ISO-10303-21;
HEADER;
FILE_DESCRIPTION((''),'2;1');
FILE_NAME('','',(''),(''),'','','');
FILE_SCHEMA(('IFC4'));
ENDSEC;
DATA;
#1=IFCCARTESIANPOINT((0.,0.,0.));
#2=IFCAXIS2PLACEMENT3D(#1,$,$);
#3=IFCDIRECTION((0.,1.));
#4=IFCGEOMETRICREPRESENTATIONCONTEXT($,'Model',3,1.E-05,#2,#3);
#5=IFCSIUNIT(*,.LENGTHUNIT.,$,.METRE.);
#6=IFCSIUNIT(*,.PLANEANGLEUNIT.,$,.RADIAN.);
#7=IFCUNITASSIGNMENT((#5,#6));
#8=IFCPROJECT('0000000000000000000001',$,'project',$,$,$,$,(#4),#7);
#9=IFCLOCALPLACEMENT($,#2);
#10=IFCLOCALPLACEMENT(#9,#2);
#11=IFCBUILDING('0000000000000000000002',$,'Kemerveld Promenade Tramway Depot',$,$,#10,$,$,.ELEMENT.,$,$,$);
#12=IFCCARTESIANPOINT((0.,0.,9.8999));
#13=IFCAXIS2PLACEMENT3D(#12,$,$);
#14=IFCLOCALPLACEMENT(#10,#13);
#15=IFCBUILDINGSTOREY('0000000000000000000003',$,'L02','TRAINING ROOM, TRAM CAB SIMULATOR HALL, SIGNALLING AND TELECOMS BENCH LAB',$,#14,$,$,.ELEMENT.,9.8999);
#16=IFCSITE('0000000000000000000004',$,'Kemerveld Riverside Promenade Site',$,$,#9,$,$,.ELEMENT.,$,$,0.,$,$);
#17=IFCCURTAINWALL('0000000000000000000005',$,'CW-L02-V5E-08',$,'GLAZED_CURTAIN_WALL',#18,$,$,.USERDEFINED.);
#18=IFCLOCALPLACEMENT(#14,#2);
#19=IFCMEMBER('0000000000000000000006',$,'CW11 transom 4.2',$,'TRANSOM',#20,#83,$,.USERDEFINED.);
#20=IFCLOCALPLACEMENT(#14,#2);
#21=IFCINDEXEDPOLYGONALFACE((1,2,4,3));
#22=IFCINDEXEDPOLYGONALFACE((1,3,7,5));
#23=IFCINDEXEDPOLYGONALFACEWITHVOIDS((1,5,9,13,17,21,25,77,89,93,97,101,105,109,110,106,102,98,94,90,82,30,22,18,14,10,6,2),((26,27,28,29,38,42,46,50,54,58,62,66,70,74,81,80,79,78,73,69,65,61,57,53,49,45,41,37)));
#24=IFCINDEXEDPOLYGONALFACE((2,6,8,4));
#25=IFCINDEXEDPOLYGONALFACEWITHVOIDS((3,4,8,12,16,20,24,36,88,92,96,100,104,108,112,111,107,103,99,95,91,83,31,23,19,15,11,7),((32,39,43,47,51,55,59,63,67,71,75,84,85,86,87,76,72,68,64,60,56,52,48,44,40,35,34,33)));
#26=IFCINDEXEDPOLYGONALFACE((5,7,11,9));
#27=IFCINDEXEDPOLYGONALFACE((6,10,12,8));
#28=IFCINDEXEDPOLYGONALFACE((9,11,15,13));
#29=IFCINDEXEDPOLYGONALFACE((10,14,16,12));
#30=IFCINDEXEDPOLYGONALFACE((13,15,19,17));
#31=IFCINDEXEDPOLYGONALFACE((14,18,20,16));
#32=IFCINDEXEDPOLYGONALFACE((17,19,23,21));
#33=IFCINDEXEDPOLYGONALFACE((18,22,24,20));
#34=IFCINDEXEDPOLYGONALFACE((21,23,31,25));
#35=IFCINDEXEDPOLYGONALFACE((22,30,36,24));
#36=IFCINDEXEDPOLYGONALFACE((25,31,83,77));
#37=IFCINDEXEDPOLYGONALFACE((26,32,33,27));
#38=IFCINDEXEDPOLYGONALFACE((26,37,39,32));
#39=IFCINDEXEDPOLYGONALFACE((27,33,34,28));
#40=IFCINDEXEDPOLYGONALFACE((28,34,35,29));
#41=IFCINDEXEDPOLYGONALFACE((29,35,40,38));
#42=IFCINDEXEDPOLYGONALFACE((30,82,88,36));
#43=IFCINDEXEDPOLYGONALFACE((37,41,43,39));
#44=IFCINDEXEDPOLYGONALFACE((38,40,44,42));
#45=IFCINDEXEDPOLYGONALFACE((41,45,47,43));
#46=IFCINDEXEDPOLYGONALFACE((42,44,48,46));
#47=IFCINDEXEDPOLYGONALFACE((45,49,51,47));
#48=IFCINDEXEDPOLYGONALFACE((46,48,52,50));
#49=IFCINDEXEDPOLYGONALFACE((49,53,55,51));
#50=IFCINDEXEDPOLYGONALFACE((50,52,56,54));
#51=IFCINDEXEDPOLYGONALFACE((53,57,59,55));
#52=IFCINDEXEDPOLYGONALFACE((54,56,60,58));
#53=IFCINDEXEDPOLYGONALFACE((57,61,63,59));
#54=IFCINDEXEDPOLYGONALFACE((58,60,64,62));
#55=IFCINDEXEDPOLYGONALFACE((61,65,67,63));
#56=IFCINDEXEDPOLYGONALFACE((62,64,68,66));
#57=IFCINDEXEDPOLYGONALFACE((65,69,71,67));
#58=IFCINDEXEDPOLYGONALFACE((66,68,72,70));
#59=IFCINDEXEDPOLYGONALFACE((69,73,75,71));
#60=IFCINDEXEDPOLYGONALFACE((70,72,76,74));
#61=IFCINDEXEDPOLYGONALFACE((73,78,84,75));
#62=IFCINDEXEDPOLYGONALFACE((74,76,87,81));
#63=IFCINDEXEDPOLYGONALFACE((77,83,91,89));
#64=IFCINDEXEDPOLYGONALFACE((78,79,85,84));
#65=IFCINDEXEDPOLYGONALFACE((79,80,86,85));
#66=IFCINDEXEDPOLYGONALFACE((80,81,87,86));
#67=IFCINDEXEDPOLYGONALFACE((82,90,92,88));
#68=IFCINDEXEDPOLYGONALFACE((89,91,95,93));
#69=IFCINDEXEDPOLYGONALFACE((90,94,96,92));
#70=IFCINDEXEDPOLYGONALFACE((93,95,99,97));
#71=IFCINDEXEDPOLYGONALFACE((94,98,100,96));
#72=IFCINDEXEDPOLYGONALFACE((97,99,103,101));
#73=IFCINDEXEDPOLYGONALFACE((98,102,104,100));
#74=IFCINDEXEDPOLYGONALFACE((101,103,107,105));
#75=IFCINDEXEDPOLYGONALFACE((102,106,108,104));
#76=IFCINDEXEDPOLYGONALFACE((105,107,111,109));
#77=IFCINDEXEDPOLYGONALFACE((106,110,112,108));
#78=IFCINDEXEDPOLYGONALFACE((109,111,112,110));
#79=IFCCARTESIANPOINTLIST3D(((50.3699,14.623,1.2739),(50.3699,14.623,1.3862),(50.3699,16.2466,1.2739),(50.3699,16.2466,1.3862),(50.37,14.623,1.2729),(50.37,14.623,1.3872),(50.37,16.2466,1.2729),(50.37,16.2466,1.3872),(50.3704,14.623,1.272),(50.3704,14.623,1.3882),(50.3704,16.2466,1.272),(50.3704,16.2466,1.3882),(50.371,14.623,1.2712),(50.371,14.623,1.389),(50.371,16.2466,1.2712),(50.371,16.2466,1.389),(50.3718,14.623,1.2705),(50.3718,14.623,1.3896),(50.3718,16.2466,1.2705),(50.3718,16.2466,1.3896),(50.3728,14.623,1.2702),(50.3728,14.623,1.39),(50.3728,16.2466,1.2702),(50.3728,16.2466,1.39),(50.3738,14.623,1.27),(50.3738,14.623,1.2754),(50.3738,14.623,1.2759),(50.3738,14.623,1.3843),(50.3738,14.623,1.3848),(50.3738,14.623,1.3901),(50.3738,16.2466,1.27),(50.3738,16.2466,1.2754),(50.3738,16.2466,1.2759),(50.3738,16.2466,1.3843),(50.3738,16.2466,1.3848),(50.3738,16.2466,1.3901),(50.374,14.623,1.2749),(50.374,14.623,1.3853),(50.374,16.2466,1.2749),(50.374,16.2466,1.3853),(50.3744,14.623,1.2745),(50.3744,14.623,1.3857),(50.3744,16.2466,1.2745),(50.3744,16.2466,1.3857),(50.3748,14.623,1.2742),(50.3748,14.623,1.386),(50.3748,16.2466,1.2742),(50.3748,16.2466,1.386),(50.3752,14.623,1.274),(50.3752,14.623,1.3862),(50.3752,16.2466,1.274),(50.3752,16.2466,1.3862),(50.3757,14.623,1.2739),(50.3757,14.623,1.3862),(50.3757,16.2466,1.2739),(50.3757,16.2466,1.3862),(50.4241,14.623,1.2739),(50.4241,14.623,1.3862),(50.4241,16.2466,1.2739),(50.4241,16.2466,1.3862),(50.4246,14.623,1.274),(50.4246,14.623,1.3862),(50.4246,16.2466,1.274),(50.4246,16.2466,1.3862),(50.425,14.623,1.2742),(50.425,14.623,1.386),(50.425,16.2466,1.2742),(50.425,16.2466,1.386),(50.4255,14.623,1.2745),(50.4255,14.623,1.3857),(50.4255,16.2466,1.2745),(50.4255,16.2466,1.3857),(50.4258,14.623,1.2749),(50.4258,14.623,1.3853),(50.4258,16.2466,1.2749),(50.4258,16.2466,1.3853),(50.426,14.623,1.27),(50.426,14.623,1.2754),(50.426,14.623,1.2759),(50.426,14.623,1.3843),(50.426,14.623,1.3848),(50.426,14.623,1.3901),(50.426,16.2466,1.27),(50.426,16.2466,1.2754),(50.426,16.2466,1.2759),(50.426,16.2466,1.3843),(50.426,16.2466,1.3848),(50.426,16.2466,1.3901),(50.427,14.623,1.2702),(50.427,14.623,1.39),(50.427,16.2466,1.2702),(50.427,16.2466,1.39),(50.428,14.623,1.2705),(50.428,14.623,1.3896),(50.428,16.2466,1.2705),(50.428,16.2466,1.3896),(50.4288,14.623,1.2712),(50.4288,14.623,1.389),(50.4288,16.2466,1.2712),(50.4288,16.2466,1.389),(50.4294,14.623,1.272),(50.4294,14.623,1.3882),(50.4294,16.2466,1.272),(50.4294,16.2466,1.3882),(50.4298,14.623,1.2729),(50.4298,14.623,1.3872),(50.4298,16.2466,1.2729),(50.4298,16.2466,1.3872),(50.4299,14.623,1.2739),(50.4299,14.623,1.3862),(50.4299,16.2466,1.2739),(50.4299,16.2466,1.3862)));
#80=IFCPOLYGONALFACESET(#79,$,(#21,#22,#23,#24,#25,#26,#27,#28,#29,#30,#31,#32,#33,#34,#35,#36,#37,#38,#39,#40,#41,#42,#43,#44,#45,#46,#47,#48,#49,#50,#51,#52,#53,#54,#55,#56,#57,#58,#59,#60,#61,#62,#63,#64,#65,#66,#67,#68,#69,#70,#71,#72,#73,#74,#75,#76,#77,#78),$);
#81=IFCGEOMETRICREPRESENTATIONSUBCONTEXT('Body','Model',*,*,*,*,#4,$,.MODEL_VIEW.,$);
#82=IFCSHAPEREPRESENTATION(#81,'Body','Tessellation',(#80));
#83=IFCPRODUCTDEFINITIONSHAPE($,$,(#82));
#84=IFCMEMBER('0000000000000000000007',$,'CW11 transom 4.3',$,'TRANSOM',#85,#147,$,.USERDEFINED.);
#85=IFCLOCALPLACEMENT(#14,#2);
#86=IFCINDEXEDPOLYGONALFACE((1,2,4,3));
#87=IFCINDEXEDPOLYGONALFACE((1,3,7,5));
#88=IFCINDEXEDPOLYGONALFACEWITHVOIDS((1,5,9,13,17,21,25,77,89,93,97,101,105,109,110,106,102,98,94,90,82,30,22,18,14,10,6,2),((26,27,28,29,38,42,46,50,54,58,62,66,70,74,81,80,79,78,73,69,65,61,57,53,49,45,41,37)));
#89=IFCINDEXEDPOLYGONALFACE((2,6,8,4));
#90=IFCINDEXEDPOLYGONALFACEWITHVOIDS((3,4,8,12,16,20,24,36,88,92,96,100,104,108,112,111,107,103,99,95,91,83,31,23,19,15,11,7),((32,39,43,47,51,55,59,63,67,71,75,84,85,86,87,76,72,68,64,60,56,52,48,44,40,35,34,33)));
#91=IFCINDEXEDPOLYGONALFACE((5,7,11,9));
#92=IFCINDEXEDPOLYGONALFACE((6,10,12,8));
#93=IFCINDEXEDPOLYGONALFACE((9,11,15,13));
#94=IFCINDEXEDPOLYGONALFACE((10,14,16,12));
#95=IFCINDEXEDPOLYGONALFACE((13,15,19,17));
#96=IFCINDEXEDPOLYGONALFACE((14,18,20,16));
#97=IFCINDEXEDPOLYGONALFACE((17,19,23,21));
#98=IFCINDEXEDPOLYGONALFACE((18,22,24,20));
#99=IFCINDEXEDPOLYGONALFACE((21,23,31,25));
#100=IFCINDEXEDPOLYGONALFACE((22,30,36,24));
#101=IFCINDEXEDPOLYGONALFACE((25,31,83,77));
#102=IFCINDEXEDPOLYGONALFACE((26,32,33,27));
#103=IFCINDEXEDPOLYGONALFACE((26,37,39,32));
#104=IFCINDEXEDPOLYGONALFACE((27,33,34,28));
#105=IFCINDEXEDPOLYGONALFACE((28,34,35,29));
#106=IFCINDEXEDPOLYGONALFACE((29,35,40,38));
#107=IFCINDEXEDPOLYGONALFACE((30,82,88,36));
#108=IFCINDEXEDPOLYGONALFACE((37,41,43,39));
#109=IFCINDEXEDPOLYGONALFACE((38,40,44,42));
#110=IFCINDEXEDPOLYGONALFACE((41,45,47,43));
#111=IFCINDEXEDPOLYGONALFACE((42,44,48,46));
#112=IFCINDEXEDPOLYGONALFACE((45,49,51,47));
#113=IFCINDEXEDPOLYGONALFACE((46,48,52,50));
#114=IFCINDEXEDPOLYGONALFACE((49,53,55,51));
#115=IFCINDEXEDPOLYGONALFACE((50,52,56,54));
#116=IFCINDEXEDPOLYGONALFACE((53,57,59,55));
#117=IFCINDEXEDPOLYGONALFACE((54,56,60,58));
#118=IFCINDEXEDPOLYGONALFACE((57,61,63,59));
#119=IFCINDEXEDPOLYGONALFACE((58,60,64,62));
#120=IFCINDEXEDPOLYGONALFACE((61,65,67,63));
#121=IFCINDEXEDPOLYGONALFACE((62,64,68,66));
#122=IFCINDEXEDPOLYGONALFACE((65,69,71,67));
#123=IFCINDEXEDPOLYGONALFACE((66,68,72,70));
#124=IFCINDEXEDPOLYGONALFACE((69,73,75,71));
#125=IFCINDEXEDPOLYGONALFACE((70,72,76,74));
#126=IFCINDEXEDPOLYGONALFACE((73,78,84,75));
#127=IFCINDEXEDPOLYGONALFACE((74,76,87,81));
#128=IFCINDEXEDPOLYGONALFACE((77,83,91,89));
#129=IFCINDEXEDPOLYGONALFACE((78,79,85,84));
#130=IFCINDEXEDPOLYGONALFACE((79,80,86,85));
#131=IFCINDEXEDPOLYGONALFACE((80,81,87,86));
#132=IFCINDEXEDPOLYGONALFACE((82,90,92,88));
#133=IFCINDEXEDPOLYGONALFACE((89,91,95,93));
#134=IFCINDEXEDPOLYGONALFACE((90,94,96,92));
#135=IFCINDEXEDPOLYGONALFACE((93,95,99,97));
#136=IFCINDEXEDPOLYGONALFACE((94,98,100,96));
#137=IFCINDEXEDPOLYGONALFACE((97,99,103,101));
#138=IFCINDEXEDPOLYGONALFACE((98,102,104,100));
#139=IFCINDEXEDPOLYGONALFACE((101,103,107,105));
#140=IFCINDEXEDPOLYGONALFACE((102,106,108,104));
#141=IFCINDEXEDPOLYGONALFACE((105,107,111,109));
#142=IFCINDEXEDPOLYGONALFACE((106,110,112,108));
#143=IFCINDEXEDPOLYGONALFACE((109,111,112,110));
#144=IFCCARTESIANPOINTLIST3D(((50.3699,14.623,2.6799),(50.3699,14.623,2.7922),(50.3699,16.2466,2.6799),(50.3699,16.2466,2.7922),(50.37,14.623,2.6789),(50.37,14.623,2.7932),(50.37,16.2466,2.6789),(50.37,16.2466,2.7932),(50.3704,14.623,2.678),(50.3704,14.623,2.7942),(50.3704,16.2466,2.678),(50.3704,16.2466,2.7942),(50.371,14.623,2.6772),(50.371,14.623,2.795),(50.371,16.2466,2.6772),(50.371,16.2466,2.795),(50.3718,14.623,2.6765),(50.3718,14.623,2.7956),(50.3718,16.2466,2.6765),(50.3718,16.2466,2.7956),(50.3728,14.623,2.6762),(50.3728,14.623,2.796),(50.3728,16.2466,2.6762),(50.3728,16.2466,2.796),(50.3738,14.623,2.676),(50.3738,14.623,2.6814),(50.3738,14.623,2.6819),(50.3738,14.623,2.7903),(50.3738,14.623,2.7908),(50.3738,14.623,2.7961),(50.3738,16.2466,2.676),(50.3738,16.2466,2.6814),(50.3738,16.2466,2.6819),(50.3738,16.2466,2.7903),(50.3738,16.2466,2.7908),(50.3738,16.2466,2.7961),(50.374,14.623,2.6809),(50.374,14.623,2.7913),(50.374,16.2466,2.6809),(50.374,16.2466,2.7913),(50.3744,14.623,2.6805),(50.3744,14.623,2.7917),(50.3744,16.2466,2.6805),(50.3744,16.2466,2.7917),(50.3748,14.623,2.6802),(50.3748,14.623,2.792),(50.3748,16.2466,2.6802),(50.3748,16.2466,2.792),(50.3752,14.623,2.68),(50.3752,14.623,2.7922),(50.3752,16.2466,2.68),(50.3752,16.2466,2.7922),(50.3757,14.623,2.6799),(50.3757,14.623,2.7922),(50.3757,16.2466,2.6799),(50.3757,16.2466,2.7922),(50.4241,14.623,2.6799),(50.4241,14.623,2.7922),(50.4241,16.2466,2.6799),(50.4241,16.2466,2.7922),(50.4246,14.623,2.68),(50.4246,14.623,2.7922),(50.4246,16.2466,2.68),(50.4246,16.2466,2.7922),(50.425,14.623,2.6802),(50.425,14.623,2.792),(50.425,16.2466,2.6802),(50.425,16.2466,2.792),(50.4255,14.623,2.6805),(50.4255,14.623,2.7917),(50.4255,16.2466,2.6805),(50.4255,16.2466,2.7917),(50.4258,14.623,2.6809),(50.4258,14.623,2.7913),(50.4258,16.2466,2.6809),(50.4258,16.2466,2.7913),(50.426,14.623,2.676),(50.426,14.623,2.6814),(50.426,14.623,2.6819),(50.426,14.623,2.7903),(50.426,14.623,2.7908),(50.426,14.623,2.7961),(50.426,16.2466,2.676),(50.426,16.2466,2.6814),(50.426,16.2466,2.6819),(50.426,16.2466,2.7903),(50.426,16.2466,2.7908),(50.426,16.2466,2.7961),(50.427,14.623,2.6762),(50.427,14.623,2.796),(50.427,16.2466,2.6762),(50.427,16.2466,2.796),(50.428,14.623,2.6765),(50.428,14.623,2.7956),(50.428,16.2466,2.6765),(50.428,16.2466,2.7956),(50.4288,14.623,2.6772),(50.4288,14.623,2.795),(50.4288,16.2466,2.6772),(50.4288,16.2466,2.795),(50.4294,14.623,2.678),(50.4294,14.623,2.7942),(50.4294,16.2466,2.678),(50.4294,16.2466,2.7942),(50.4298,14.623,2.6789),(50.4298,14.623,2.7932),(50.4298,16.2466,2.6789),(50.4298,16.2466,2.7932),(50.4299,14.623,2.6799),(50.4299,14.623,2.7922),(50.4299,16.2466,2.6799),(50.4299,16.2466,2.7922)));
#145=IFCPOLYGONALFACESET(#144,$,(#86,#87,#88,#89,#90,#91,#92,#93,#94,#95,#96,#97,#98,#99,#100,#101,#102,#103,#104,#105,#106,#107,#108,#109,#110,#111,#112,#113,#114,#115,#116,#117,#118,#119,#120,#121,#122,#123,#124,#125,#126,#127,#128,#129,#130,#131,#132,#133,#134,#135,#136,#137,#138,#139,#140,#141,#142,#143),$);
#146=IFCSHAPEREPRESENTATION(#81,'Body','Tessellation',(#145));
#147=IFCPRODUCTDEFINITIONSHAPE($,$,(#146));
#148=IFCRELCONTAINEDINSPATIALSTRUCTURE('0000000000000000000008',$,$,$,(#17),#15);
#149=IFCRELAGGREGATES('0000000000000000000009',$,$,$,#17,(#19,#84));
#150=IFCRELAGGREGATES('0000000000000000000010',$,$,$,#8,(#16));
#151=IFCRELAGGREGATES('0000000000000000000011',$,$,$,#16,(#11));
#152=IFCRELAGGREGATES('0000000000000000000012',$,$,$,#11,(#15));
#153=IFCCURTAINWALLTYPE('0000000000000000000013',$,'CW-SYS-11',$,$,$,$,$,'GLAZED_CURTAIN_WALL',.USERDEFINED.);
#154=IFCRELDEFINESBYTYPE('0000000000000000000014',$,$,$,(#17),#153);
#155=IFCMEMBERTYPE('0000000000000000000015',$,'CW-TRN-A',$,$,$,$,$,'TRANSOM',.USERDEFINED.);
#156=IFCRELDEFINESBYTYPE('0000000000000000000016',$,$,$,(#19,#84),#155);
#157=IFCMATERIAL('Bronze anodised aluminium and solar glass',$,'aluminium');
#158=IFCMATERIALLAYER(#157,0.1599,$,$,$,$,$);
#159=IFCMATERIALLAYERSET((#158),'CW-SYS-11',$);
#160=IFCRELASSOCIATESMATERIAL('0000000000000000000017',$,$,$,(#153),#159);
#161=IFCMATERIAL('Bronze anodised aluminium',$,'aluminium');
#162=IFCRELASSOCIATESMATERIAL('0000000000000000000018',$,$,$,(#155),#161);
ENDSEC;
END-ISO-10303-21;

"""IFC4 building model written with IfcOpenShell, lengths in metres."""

from ifc_helpers import new_model, si_unit, direction, frame, origin, origin_2d, place, context, subcontext, project, spatial, hollow_rectangle, extrude, material, layer, layer_set, material_profile, profile_set, type_object, element, aggregate, save


model = new_model("IFC4")

# Units and contexts
model_context = context("Model", 3, precision=1e-05, world=origin(), true_north=direction((0.0, 1.0)))
body_context = subcontext(model_context, "Body", "Model", "MODEL_VIEW")
ifc_project = project(units=[si_unit("LENGTHUNIT", "METRE"), si_unit("PLANEANGLEUNIT", "RADIAN")], contexts=[model_context])

# Site, building, storey
site_placement = place(None, origin())
site = spatial("IfcSite", under=ifc_project, at=site_placement, Name="Kemerveld Riverside Promenade Site", CompositionType="ELEMENT", RefElevation=0.0)
building_placement = place(site_placement, origin())
building = spatial("IfcBuilding", under=site, at=building_placement, Name="Kemerveld Promenade Tramway Depot", CompositionType="ELEMENT")
storey_placement = place(building_placement, frame((0.0, 0.0, 9.8999)))
storey = spatial("IfcBuildingStorey", under=building, at=storey_placement, Name="L02", Description="TRAINING ROOM, TRAM CAB SIMULATOR HALL, SIGNALLING AND TELECOMS BENCH LAB", CompositionType="ELEMENT", Elevation=9.8999)

# Curtain wall, members
ifc_material_1 = material(Name="Bronze anodised aluminium and solar glass", Category="aluminium")
ifc_layer_1 = layer(ifc_material_1, 0.1599)
ifc_layer_set_1 = layer_set([ifc_layer_1], Name="CW-SYS-11")
curtain_wall_type = type_object("IfcCurtainWallType", Name="CW-SYS-11", ElementType="GLAZED_CURTAIN_WALL", PredefinedType="USERDEFINED", material=ifc_layer_set_1)
curtain_wall_placement = place(storey_placement, origin())
curtain_wall = element("IfcCurtainWall", 1, at=curtain_wall_placement, inside=storey, type_object=curtain_wall_type, Name="CW-L02-V5E-08", ObjectType="GLAZED_CURTAIN_WALL", PredefinedType="USERDEFINED")
ifc_material_2 = material(Name="Bronze anodised aluminium", Category="aluminium")
ifc_material_profile_1 = material_profile(ifc_material_2, hollow_rectangle(XDim=0.0601, YDim=0.1201, WallThickness=0.0039, InnerFilletRadius=0.002, OuterFilletRadius=0.0039, at=origin_2d()), Name="CW-TRN-120x60")
ifc_profile_set_1 = profile_set([ifc_material_profile_1], Name="Bronze anodised aluminium")
member_type_1 = type_object("IfcMemberType", Name="CW-TRN-A", ElementType="TRANSOM", PredefinedType="USERDEFINED", material=ifc_profile_set_1)
member_1_placement = place(storey_placement, frame((50.3999, 16.2466, 1.3301), z_axis=(0.0, -1.0, 0.0), x_axis=(1.0, 0.0, 0.0)))
member_1 = element("IfcMember", 2, at=member_1_placement, type_object=member_type_1, Name="CW11 transom 4.2", ObjectType="TRANSOM", PredefinedType="USERDEFINED", context=body_context, shape_type="SweptSolid", body=[
    extrude(hollow_rectangle(XDim=0.0601, YDim=0.1201, WallThickness=0.0039, InnerFilletRadius=0.002, OuterFilletRadius=0.0039, at=origin_2d()), origin(), (0.0, 0.0, 1.0), 1.6235),
])
member_2_placement = place(storey_placement, frame((50.3999, 16.2466, 2.7361), z_axis=(0.0, -1.0, 0.0), x_axis=(1.0, 0.0, 0.0)))
member_2 = element("IfcMember", 3, at=member_2_placement, type_object=member_type_1, Name="CW11 transom 4.3", ObjectType="TRANSOM", PredefinedType="USERDEFINED", context=body_context, shape_type="SweptSolid", body=[
    extrude(hollow_rectangle(XDim=0.0601, YDim=0.1201, WallThickness=0.0039, InnerFilletRadius=0.002, OuterFilletRadius=0.0039, at=origin_2d()), origin(), (0.0, 0.0, 1.0), 1.6235),
])
aggregate(curtain_wall, [member_1, member_2])

save(model, "model.ifc")
